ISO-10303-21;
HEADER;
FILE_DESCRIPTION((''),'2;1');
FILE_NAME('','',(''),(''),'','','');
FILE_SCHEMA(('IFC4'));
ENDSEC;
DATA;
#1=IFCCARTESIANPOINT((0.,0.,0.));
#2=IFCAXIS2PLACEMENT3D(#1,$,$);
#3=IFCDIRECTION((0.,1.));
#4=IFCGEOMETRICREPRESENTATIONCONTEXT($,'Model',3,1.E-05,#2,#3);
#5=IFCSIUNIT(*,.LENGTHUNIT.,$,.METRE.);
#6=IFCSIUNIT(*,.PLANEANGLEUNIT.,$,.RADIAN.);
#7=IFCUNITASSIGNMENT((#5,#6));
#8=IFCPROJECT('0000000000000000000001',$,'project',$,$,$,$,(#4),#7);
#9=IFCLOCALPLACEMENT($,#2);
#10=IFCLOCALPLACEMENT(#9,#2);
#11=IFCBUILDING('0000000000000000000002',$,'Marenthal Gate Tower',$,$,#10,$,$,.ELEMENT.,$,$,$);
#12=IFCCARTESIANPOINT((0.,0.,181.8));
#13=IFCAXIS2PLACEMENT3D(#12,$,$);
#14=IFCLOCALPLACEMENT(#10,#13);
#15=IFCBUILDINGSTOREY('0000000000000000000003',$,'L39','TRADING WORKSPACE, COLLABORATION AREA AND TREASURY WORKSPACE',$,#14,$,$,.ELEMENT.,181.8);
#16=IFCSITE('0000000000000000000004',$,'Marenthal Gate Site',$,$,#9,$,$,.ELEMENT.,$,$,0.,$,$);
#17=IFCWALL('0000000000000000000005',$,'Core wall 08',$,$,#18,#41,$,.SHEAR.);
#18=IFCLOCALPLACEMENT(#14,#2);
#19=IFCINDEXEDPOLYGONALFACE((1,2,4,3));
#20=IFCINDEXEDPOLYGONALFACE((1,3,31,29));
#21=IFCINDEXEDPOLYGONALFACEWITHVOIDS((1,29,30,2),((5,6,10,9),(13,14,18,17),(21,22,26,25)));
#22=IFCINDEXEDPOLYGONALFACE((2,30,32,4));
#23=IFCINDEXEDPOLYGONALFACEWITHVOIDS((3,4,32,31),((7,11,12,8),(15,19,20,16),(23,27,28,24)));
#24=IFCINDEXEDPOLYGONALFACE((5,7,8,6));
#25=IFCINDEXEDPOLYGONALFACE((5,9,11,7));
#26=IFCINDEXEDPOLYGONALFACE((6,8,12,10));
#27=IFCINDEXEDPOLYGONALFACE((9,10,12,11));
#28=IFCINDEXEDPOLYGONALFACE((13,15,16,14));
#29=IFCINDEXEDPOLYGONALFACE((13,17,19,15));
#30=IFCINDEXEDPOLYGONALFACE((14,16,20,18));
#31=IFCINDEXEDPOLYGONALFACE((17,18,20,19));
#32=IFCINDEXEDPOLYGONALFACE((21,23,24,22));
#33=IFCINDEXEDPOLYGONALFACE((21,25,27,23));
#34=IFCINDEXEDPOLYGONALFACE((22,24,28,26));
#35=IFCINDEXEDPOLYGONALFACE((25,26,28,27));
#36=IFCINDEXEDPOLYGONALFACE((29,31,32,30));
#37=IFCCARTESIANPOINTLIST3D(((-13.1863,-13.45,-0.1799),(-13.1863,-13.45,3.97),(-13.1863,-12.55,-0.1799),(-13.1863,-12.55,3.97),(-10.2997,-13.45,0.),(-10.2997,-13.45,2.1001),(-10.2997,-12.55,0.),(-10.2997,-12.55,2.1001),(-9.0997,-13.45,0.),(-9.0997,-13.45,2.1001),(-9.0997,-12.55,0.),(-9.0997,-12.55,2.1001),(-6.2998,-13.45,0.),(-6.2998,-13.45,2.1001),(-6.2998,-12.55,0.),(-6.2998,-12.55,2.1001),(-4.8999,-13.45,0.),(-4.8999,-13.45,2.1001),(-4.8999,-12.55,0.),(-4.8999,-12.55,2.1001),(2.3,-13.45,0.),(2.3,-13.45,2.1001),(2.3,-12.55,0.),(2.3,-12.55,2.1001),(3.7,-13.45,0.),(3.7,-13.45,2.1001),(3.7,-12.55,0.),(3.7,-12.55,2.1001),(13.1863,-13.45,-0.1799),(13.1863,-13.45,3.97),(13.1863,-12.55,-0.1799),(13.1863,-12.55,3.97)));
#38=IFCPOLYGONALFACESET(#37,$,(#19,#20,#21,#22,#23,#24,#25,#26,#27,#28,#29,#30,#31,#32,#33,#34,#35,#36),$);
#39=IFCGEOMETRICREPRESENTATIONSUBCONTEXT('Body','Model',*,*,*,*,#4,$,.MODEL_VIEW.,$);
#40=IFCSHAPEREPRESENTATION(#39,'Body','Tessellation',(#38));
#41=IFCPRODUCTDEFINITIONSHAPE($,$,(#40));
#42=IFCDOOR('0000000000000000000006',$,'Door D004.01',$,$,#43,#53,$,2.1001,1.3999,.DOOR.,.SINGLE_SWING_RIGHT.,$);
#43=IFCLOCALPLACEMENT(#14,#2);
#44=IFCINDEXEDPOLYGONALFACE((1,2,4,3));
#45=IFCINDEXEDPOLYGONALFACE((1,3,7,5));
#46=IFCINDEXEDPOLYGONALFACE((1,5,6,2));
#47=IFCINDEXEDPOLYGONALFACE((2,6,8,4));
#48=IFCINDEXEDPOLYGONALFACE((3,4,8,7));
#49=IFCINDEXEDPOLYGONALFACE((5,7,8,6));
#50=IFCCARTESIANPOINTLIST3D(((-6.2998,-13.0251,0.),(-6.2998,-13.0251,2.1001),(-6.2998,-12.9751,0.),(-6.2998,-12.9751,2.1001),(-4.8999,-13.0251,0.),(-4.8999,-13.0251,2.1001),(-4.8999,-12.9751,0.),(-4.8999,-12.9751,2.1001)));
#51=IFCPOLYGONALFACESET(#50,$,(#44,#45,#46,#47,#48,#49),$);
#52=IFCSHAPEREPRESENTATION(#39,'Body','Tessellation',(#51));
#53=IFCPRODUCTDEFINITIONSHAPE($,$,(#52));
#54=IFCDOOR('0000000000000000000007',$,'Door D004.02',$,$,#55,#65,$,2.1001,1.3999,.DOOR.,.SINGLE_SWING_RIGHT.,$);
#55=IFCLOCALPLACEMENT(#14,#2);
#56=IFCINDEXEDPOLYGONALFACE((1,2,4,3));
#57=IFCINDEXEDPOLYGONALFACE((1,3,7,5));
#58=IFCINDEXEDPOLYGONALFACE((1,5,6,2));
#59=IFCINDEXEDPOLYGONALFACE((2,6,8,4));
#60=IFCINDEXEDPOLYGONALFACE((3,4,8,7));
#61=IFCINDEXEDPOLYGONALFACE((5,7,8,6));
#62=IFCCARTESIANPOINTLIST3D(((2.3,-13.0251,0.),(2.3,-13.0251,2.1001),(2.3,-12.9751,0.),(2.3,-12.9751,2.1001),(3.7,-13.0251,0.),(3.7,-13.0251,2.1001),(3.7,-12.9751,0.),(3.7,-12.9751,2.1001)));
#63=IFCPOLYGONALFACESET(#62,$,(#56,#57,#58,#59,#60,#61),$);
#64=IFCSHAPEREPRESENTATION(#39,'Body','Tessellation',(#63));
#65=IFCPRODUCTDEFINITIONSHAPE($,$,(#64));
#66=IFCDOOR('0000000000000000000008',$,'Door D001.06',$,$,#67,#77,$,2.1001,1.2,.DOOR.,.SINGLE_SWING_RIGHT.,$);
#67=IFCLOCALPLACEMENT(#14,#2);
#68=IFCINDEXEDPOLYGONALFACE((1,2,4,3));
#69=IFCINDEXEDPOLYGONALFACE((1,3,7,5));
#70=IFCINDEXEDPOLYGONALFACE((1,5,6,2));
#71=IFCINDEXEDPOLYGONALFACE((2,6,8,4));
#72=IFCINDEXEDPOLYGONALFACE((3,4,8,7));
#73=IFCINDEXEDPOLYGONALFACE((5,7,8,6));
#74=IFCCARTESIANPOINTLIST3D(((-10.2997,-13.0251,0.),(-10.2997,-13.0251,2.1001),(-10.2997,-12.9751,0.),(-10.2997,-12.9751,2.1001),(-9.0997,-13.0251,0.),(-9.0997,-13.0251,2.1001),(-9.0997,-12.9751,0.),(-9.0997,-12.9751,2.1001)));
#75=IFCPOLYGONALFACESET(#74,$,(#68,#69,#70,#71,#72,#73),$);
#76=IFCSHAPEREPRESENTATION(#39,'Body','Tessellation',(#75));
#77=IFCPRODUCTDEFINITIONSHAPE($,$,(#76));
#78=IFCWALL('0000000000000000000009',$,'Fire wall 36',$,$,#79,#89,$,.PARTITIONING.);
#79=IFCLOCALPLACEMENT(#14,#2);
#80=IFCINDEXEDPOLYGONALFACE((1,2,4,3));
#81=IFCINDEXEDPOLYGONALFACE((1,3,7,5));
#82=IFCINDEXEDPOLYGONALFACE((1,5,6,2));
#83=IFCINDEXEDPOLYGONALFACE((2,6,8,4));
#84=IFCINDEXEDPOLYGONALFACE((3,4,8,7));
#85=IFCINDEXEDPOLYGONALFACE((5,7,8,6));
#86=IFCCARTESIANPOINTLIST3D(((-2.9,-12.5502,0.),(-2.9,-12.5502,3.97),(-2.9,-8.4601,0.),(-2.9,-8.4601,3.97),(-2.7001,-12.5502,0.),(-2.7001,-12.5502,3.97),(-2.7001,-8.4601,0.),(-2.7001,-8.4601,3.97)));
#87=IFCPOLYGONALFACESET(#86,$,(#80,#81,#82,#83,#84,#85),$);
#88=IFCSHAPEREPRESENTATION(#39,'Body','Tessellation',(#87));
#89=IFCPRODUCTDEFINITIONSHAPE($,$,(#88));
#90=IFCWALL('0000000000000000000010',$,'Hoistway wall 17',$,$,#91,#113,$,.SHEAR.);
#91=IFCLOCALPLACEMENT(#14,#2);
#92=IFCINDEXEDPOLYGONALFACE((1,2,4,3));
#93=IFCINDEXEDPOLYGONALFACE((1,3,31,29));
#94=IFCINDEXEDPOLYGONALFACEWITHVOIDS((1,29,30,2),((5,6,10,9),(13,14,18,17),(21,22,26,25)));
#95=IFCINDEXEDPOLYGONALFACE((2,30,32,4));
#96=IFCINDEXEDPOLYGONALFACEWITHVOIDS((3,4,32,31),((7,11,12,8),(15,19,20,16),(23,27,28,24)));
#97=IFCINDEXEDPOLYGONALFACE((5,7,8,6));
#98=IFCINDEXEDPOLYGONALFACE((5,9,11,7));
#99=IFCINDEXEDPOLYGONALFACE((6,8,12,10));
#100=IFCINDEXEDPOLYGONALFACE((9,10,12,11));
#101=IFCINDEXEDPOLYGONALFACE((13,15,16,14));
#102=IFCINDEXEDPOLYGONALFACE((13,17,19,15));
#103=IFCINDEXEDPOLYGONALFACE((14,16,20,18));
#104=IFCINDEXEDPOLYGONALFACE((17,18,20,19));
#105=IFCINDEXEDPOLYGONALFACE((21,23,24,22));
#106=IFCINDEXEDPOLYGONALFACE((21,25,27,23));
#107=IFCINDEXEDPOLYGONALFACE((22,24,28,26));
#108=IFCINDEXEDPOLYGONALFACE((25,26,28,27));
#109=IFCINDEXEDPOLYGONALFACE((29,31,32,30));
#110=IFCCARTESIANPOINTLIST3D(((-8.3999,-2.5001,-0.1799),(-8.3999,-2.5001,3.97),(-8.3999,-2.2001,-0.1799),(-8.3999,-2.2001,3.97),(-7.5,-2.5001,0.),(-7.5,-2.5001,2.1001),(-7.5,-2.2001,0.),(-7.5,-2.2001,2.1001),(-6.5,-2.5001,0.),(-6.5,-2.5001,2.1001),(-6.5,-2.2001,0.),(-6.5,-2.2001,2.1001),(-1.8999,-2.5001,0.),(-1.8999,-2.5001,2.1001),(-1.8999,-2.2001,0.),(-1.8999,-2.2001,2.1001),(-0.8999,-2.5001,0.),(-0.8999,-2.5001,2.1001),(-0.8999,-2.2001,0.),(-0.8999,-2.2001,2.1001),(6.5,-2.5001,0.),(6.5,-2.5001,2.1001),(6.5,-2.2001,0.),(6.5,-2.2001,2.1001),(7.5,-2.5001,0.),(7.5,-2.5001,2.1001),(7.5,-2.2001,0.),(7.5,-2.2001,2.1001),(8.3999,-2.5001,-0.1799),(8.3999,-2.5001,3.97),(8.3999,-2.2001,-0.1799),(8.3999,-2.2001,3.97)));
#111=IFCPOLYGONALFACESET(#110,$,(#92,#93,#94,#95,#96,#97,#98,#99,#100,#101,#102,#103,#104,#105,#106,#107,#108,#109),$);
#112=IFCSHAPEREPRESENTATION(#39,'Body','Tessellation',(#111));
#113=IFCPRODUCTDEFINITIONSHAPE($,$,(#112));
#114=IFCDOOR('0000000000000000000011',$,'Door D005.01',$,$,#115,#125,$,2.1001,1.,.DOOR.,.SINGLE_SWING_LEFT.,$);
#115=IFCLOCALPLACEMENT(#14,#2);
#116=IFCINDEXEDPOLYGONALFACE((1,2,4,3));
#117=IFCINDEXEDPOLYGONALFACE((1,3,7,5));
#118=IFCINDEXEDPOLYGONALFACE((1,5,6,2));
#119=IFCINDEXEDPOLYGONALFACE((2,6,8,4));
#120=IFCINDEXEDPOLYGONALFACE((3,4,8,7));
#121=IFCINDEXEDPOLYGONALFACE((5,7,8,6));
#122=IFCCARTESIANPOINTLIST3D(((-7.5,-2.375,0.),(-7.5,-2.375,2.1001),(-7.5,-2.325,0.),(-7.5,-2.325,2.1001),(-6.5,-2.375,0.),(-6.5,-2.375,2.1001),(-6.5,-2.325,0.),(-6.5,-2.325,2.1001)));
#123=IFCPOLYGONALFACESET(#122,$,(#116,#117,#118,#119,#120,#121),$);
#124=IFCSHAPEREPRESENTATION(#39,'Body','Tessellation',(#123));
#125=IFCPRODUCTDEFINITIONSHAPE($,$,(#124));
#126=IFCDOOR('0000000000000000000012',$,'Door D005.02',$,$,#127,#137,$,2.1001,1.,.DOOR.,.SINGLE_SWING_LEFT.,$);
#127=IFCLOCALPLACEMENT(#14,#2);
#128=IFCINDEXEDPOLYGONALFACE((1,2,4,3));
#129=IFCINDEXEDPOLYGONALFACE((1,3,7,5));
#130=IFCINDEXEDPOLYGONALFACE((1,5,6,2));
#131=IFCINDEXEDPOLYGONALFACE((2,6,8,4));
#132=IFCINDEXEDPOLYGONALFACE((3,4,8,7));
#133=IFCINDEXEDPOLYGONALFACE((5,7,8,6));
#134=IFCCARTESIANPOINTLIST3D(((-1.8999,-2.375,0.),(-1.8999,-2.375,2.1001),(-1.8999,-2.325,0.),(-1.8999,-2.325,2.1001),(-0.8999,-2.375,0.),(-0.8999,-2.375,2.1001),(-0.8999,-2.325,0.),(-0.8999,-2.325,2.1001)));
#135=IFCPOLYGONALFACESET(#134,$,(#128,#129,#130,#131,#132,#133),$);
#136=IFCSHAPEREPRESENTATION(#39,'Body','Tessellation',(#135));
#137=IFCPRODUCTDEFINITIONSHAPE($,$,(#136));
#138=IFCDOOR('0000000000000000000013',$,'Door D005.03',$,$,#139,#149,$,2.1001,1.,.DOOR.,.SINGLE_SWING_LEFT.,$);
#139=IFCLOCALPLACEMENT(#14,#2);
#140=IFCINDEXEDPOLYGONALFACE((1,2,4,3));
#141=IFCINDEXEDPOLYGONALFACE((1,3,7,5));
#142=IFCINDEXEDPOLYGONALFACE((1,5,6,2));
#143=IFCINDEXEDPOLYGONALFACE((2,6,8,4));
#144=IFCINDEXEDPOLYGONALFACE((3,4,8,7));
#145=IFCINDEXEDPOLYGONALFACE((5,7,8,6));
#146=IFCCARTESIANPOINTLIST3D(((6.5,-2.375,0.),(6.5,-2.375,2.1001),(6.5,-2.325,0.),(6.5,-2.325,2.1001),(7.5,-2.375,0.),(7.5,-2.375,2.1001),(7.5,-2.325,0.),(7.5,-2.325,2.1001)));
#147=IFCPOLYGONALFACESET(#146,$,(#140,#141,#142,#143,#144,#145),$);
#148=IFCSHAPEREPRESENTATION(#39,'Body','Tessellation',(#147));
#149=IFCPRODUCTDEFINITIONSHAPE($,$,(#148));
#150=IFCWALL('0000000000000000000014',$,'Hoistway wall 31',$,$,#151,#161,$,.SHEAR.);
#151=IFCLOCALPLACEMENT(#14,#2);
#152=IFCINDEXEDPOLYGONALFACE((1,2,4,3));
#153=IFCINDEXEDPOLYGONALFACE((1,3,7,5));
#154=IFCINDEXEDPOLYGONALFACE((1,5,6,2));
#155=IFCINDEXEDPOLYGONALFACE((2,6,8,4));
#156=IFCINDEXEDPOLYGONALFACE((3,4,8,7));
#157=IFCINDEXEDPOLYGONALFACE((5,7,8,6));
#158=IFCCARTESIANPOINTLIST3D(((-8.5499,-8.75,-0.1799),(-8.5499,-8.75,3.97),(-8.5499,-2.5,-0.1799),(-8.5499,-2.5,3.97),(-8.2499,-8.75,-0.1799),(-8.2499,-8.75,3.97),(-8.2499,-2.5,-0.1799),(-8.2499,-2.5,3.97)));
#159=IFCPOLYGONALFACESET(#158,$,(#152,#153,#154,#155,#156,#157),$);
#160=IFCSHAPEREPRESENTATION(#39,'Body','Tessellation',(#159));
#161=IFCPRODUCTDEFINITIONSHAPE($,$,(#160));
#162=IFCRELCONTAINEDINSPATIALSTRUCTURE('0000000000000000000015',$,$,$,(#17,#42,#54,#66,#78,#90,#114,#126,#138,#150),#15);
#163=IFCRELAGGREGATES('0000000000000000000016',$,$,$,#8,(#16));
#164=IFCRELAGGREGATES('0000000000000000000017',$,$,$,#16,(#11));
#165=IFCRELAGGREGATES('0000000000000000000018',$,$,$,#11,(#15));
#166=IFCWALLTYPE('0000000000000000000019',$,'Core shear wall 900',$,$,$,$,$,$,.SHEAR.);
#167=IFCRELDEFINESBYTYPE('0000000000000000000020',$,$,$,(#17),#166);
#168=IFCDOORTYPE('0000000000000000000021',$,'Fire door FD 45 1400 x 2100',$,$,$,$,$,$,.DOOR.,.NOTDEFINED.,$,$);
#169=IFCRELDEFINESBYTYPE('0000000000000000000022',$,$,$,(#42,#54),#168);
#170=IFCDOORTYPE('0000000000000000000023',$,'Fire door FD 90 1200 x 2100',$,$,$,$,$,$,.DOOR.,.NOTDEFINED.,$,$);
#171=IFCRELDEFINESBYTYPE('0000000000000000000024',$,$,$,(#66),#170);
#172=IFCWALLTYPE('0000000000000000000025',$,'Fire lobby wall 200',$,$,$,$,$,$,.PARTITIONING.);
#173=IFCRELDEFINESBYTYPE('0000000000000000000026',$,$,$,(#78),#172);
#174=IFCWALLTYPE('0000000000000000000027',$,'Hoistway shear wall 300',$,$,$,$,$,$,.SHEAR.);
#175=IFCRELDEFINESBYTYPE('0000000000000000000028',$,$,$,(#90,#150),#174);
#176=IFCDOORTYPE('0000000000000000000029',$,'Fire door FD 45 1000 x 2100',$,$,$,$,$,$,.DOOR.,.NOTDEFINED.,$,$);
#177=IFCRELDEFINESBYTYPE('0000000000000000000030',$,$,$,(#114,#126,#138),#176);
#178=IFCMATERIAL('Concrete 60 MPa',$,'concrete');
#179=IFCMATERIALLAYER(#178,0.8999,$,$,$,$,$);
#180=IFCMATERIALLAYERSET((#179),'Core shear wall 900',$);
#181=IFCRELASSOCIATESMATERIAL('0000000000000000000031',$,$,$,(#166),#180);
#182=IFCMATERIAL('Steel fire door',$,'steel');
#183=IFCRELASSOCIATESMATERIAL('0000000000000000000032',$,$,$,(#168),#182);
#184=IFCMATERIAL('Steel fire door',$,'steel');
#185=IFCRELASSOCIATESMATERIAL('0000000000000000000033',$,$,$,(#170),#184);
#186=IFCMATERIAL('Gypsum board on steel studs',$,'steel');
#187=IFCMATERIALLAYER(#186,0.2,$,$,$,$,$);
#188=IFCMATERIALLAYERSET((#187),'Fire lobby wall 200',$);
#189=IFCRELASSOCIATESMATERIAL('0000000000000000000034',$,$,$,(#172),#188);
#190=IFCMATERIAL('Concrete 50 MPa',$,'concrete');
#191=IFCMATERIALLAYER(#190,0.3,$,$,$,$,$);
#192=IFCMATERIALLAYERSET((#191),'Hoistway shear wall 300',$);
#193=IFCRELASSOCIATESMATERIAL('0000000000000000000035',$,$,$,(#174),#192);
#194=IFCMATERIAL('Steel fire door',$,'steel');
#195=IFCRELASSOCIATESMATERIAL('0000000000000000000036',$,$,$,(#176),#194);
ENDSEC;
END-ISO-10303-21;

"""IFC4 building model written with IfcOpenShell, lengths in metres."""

from ifc_helpers import new_model, si_unit, direction, frame, frame_2d, origin, place, context, subcontext, project, spatial, rectangle, extrude, material, layer, layer_set, type_object, element, fill, save


model = new_model("IFC4")

# Units and contexts
model_context = context("Model", 3, precision=1e-05, world=origin(), true_north=direction((0.0, 1.0)))
body_context = subcontext(model_context, "Body", "Model", "MODEL_VIEW")
ifc_project = project(units=[si_unit("LENGTHUNIT", "METRE"), si_unit("PLANEANGLEUNIT", "RADIAN")], contexts=[model_context])

# Site, building, storey
site_placement = place(None, origin())
site = spatial("IfcSite", under=ifc_project, at=site_placement, Name="Marenthal Gate Site", CompositionType="ELEMENT", RefElevation=0.0)
building_placement = place(site_placement, origin())
building = spatial("IfcBuilding", under=site, at=building_placement, Name="Marenthal Gate Tower", CompositionType="ELEMENT")
storey_placement = place(building_placement, frame((0.0, 0.0, 181.8)))
storey = spatial("IfcBuildingStorey", under=building, at=storey_placement, Name="L39", Description="TRADING WORKSPACE, COLLABORATION AREA AND TREASURY WORKSPACE", CompositionType="ELEMENT", Elevation=181.8)

# Wall, openings, doors
ifc_material_1 = material(Name="Concrete 60 MPa", Category="concrete")
ifc_layer_1 = layer(ifc_material_1, 0.8999)
ifc_layer_set_1 = layer_set([ifc_layer_1], Name="Core shear wall 900")
wall_type_1 = type_object("IfcWallType", Name="Core shear wall 900", PredefinedType="SHEAR", material=ifc_layer_set_1)
wall_1_placement = place(storey_placement, frame((-13.1863, -13.0, -0.1799), z_axis=(0.0, 0.0, 1.0), x_axis=(1.0, 0.0, 0.0)))
wall_1 = element("IfcWall", 1, at=wall_1_placement, inside=storey, type_object=wall_type_1, Name="Core wall 08", PredefinedType="SHEAR", context=body_context, shape_type="SweptSolid", body=[
    extrude(rectangle(XDim=26.3726, YDim=0.8999, at=frame_2d((13.1863, 0.0))), origin(), (0.0, 0.0, 1.0), 4.1499),
])
opening_1_placement = place(wall_1_placement, frame((2.8865, 0.0, 0.1799)))
opening_1 = element("IfcOpeningElement", 2, at=opening_1_placement, cuts=wall_1, PredefinedType="OPENING", context=body_context, shape_type="SweptSolid", body=[
    extrude(rectangle(XDim=1.2, YDim=2.1001, at=frame_2d((0.6001, 1.05))), frame((0.0, 0.46, 0.0), z_axis=(0.0, -1.0, 0.0), x_axis=(1.0, 0.0, 0.0)), (0.0, 0.0, 1.0), 0.9199),
])
opening_2_placement = place(wall_1_placement, frame((6.8865, 0.0, 0.1799)))
opening_2 = element("IfcOpeningElement", 3, at=opening_2_placement, cuts=wall_1, PredefinedType="OPENING", context=body_context, shape_type="SweptSolid", body=[
    extrude(rectangle(XDim=1.3999, YDim=2.1001, at=frame_2d((0.7, 1.05))), frame((0.0, 0.46, 0.0), z_axis=(0.0, -1.0, 0.0), x_axis=(1.0, 0.0, 0.0)), (0.0, 0.0, 1.0), 0.9199),
])
opening_3_placement = place(wall_1_placement, frame((15.4863, 0.0, 0.1799)))
opening_3 = element("IfcOpeningElement", 4, at=opening_3_placement, cuts=wall_1, PredefinedType="OPENING", context=body_context, shape_type="SweptSolid", body=[
    extrude(rectangle(XDim=1.3999, YDim=2.1001, at=frame_2d((0.7, 1.05))), frame((0.0, 0.46, 0.0), z_axis=(0.0, -1.0, 0.0), x_axis=(1.0, 0.0, 0.0)), (0.0, 0.0, 1.0), 0.9199),
])
ifc_material_2 = material(Name="Steel fire door", Category="steel")
door_type_1 = type_object("IfcDoorType", Name="Fire door FD 45 1400 x 2100", OperationType="NOTDEFINED", PredefinedType="DOOR", material=ifc_material_2)
door_1_placement = place(opening_2_placement, origin())
door_1 = element("IfcDoor", 5, at=door_1_placement, inside=storey, type_object=door_type_1, Name="Door D004.01", OperationType="SINGLE_SWING_RIGHT", OverallHeight=2.1001, OverallWidth=1.3999, PredefinedType="DOOR", context=body_context, shape_type="SweptSolid", body=[
    extrude(rectangle(XDim=1.3999, YDim=2.1001, at=frame_2d((0.7, 1.05))), frame((0.0, 0.0249, 0.0), z_axis=(0.0, -1.0, 0.0), x_axis=(1.0, 0.0, 0.0)), (0.0, 0.0, 1.0), 0.05),
])
fill(opening_2, door_1)
door_2_placement = place(opening_3_placement, origin())
door_2 = element("IfcDoor", 6, at=door_2_placement, inside=storey, type_object=door_type_1, Name="Door D004.02", OperationType="SINGLE_SWING_RIGHT", OverallHeight=2.1001, OverallWidth=1.3999, PredefinedType="DOOR", context=body_context, shape_type="SweptSolid", body=[
    extrude(rectangle(XDim=1.3999, YDim=2.1001, at=frame_2d((0.7, 1.05))), frame((0.0, 0.0249, 0.0), z_axis=(0.0, -1.0, 0.0), x_axis=(1.0, 0.0, 0.0)), (0.0, 0.0, 1.0), 0.05),
])
fill(opening_3, door_2)
ifc_material_3 = material(Name="Steel fire door", Category="steel")
door_type_2 = type_object("IfcDoorType", Name="Fire door FD 90 1200 x 2100", OperationType="NOTDEFINED", PredefinedType="DOOR", material=ifc_material_3)
door_3_placement = place(opening_1_placement, origin())
door_3 = element("IfcDoor", 7, at=door_3_placement, inside=storey, type_object=door_type_2, Name="Door D001.06", OperationType="SINGLE_SWING_RIGHT", OverallHeight=2.1001, OverallWidth=1.2, PredefinedType="DOOR", context=body_context, shape_type="SweptSolid", body=[
    extrude(rectangle(XDim=1.2, YDim=2.1001, at=frame_2d((0.6001, 1.05))), frame((0.0, 0.0249, 0.0), z_axis=(0.0, -1.0, 0.0), x_axis=(1.0, 0.0, 0.0)), (0.0, 0.0, 1.0), 0.05),
])
fill(opening_1, door_3)

# Wall
ifc_material_4 = material(Name="Gypsum board on steel studs", Category="steel")
ifc_layer_2 = layer(ifc_material_4, 0.2)
ifc_layer_set_2 = layer_set([ifc_layer_2], Name="Fire lobby wall 200")
wall_type_2 = type_object("IfcWallType", Name="Fire lobby wall 200", PredefinedType="PARTITIONING", material=ifc_layer_set_2)
wall_2_placement = place(storey_placement, frame((-2.8, -12.55, 0.0), z_axis=(0.0, 0.0, 1.0), x_axis=(0.0, 1.0, 0.0)))
element("IfcWall", 8, at=wall_2_placement, inside=storey, type_object=wall_type_2, Name="Fire wall 36", PredefinedType="PARTITIONING", context=body_context, shape_type="SweptSolid", body=[
    extrude(rectangle(XDim=4.0901, YDim=0.2, at=frame_2d((2.0449, 0.0))), origin(), (0.0, 0.0, 1.0), 3.97),
])

# Wall, openings, doors
ifc_material_5 = material(Name="Concrete 50 MPa", Category="concrete")
ifc_layer_3 = layer(ifc_material_5, 0.3)
ifc_layer_set_3 = layer_set([ifc_layer_3], Name="Hoistway shear wall 300")
wall_type_3 = type_object("IfcWallType", Name="Hoistway shear wall 300", PredefinedType="SHEAR", material=ifc_layer_set_3)
wall_3_placement = place(storey_placement, frame((-8.3999, -2.3501, -0.1799), z_axis=(0.0, 0.0, 1.0), x_axis=(1.0, 0.0, 0.0)))
wall_3 = element("IfcWall", 9, at=wall_3_placement, inside=storey, type_object=wall_type_3, Name="Hoistway wall 17", PredefinedType="SHEAR", context=body_context, shape_type="SweptSolid", body=[
    extrude(rectangle(XDim=16.7998, YDim=0.3, at=frame_2d((8.3999, 0.0))), origin(), (0.0, 0.0, 1.0), 4.1499),
])
opening_4_placement = place(wall_3_placement, frame((0.8999, 0.0, 0.1799)))
opening_4 = element("IfcOpeningElement", 10, at=opening_4_placement, cuts=wall_3, PredefinedType="OPENING", context=body_context, shape_type="SweptSolid", body=[
    extrude(rectangle(XDim=1.0, YDim=2.1001, at=frame_2d((0.5, 1.05))), frame((0.0, 0.1602, 0.0), z_axis=(0.0, -1.0, 0.0), x_axis=(1.0, 0.0, 0.0)), (0.0, 0.0, 1.0), 0.3201),
])
opening_5_placement = place(wall_3_placement, frame((6.5, 0.0, 0.1799)))
opening_5 = element("IfcOpeningElement", 11, at=opening_5_placement, cuts=wall_3, PredefinedType="OPENING", context=body_context, shape_type="SweptSolid", body=[
    extrude(rectangle(XDim=1.0, YDim=2.1001, at=frame_2d((0.5, 1.05))), frame((0.0, 0.1602, 0.0), z_axis=(0.0, -1.0, 0.0), x_axis=(1.0, 0.0, 0.0)), (0.0, 0.0, 1.0), 0.3201),
])
opening_6_placement = place(wall_3_placement, frame((14.8999, 0.0, 0.1799)))
opening_6 = element("IfcOpeningElement", 12, at=opening_6_placement, cuts=wall_3, PredefinedType="OPENING", context=body_context, shape_type="SweptSolid", body=[
    extrude(rectangle(XDim=1.0, YDim=2.1001, at=frame_2d((0.5, 1.05))), frame((0.0, 0.1602, 0.0), z_axis=(0.0, -1.0, 0.0), x_axis=(1.0, 0.0, 0.0)), (0.0, 0.0, 1.0), 0.3201),
])
ifc_material_6 = material(Name="Steel fire door", Category="steel")
door_type_3 = type_object("IfcDoorType", Name="Fire door FD 45 1000 x 2100", OperationType="NOTDEFINED", PredefinedType="DOOR", material=ifc_material_6)
door_4_placement = place(opening_4_placement, frame((1.0, 0.0, 0.0), z_axis=(0.0, 0.0, 1.0), x_axis=(-1.0, 0.0, 0.0)))
door_4 = element("IfcDoor", 13, at=door_4_placement, inside=storey, type_object=door_type_3, Name="Door D005.01", OperationType="SINGLE_SWING_LEFT", OverallHeight=2.1001, OverallWidth=1.0, PredefinedType="DOOR", context=body_context, shape_type="SweptSolid", body=[
    extrude(rectangle(XDim=1.0, YDim=2.1001, at=frame_2d((0.5, 1.05))), frame((0.0, 0.0249, 0.0), z_axis=(0.0, -1.0, 0.0), x_axis=(1.0, 0.0, 0.0)), (0.0, 0.0, 1.0), 0.05),
])
fill(opening_4, door_4)
door_5_placement = place(opening_5_placement, frame((1.0, 0.0, 0.0), z_axis=(0.0, 0.0, 1.0), x_axis=(-1.0, 0.0, 0.0)))
door_5 = element("IfcDoor", 14, at=door_5_placement, inside=storey, type_object=door_type_3, Name="Door D005.02", OperationType="SINGLE_SWING_LEFT", OverallHeight=2.1001, OverallWidth=1.0, PredefinedType="DOOR", context=body_context, shape_type="SweptSolid", body=[
    extrude(rectangle(XDim=1.0, YDim=2.1001, at=frame_2d((0.5, 1.05))), frame((0.0, 0.0249, 0.0), z_axis=(0.0, -1.0, 0.0), x_axis=(1.0, 0.0, 0.0)), (0.0, 0.0, 1.0), 0.05),
])
fill(opening_5, door_5)
door_6_placement = place(opening_6_placement, frame((1.0, 0.0, 0.0), z_axis=(0.0, 0.0, 1.0), x_axis=(-1.0, 0.0, 0.0)))
door_6 = element("IfcDoor", 15, at=door_6_placement, inside=storey, type_object=door_type_3, Name="Door D005.03", OperationType="SINGLE_SWING_LEFT", OverallHeight=2.1001, OverallWidth=1.0, PredefinedType="DOOR", context=body_context, shape_type="SweptSolid", body=[
    extrude(rectangle(XDim=1.0, YDim=2.1001, at=frame_2d((0.5, 1.05))), frame((0.0, 0.0249, 0.0), z_axis=(0.0, -1.0, 0.0), x_axis=(1.0, 0.0, 0.0)), (0.0, 0.0, 1.0), 0.05),
])
fill(opening_6, door_6)

# Wall
wall_4_placement = place(storey_placement, frame((-8.3999, -8.75, -0.1799), z_axis=(0.0, 0.0, 1.0), x_axis=(0.0, 1.0, 0.0)))
element("IfcWall", 16, at=wall_4_placement, inside=storey, type_object=wall_type_3, Name="Hoistway wall 31", PredefinedType="SHEAR", context=body_context, shape_type="SweptSolid", body=[
    extrude(rectangle(XDim=6.25, YDim=0.3, at=frame_2d((3.125, 0.0))), origin(), (0.0, 0.0, 1.0), 4.1499),
])

save(model, "model.ifc")
